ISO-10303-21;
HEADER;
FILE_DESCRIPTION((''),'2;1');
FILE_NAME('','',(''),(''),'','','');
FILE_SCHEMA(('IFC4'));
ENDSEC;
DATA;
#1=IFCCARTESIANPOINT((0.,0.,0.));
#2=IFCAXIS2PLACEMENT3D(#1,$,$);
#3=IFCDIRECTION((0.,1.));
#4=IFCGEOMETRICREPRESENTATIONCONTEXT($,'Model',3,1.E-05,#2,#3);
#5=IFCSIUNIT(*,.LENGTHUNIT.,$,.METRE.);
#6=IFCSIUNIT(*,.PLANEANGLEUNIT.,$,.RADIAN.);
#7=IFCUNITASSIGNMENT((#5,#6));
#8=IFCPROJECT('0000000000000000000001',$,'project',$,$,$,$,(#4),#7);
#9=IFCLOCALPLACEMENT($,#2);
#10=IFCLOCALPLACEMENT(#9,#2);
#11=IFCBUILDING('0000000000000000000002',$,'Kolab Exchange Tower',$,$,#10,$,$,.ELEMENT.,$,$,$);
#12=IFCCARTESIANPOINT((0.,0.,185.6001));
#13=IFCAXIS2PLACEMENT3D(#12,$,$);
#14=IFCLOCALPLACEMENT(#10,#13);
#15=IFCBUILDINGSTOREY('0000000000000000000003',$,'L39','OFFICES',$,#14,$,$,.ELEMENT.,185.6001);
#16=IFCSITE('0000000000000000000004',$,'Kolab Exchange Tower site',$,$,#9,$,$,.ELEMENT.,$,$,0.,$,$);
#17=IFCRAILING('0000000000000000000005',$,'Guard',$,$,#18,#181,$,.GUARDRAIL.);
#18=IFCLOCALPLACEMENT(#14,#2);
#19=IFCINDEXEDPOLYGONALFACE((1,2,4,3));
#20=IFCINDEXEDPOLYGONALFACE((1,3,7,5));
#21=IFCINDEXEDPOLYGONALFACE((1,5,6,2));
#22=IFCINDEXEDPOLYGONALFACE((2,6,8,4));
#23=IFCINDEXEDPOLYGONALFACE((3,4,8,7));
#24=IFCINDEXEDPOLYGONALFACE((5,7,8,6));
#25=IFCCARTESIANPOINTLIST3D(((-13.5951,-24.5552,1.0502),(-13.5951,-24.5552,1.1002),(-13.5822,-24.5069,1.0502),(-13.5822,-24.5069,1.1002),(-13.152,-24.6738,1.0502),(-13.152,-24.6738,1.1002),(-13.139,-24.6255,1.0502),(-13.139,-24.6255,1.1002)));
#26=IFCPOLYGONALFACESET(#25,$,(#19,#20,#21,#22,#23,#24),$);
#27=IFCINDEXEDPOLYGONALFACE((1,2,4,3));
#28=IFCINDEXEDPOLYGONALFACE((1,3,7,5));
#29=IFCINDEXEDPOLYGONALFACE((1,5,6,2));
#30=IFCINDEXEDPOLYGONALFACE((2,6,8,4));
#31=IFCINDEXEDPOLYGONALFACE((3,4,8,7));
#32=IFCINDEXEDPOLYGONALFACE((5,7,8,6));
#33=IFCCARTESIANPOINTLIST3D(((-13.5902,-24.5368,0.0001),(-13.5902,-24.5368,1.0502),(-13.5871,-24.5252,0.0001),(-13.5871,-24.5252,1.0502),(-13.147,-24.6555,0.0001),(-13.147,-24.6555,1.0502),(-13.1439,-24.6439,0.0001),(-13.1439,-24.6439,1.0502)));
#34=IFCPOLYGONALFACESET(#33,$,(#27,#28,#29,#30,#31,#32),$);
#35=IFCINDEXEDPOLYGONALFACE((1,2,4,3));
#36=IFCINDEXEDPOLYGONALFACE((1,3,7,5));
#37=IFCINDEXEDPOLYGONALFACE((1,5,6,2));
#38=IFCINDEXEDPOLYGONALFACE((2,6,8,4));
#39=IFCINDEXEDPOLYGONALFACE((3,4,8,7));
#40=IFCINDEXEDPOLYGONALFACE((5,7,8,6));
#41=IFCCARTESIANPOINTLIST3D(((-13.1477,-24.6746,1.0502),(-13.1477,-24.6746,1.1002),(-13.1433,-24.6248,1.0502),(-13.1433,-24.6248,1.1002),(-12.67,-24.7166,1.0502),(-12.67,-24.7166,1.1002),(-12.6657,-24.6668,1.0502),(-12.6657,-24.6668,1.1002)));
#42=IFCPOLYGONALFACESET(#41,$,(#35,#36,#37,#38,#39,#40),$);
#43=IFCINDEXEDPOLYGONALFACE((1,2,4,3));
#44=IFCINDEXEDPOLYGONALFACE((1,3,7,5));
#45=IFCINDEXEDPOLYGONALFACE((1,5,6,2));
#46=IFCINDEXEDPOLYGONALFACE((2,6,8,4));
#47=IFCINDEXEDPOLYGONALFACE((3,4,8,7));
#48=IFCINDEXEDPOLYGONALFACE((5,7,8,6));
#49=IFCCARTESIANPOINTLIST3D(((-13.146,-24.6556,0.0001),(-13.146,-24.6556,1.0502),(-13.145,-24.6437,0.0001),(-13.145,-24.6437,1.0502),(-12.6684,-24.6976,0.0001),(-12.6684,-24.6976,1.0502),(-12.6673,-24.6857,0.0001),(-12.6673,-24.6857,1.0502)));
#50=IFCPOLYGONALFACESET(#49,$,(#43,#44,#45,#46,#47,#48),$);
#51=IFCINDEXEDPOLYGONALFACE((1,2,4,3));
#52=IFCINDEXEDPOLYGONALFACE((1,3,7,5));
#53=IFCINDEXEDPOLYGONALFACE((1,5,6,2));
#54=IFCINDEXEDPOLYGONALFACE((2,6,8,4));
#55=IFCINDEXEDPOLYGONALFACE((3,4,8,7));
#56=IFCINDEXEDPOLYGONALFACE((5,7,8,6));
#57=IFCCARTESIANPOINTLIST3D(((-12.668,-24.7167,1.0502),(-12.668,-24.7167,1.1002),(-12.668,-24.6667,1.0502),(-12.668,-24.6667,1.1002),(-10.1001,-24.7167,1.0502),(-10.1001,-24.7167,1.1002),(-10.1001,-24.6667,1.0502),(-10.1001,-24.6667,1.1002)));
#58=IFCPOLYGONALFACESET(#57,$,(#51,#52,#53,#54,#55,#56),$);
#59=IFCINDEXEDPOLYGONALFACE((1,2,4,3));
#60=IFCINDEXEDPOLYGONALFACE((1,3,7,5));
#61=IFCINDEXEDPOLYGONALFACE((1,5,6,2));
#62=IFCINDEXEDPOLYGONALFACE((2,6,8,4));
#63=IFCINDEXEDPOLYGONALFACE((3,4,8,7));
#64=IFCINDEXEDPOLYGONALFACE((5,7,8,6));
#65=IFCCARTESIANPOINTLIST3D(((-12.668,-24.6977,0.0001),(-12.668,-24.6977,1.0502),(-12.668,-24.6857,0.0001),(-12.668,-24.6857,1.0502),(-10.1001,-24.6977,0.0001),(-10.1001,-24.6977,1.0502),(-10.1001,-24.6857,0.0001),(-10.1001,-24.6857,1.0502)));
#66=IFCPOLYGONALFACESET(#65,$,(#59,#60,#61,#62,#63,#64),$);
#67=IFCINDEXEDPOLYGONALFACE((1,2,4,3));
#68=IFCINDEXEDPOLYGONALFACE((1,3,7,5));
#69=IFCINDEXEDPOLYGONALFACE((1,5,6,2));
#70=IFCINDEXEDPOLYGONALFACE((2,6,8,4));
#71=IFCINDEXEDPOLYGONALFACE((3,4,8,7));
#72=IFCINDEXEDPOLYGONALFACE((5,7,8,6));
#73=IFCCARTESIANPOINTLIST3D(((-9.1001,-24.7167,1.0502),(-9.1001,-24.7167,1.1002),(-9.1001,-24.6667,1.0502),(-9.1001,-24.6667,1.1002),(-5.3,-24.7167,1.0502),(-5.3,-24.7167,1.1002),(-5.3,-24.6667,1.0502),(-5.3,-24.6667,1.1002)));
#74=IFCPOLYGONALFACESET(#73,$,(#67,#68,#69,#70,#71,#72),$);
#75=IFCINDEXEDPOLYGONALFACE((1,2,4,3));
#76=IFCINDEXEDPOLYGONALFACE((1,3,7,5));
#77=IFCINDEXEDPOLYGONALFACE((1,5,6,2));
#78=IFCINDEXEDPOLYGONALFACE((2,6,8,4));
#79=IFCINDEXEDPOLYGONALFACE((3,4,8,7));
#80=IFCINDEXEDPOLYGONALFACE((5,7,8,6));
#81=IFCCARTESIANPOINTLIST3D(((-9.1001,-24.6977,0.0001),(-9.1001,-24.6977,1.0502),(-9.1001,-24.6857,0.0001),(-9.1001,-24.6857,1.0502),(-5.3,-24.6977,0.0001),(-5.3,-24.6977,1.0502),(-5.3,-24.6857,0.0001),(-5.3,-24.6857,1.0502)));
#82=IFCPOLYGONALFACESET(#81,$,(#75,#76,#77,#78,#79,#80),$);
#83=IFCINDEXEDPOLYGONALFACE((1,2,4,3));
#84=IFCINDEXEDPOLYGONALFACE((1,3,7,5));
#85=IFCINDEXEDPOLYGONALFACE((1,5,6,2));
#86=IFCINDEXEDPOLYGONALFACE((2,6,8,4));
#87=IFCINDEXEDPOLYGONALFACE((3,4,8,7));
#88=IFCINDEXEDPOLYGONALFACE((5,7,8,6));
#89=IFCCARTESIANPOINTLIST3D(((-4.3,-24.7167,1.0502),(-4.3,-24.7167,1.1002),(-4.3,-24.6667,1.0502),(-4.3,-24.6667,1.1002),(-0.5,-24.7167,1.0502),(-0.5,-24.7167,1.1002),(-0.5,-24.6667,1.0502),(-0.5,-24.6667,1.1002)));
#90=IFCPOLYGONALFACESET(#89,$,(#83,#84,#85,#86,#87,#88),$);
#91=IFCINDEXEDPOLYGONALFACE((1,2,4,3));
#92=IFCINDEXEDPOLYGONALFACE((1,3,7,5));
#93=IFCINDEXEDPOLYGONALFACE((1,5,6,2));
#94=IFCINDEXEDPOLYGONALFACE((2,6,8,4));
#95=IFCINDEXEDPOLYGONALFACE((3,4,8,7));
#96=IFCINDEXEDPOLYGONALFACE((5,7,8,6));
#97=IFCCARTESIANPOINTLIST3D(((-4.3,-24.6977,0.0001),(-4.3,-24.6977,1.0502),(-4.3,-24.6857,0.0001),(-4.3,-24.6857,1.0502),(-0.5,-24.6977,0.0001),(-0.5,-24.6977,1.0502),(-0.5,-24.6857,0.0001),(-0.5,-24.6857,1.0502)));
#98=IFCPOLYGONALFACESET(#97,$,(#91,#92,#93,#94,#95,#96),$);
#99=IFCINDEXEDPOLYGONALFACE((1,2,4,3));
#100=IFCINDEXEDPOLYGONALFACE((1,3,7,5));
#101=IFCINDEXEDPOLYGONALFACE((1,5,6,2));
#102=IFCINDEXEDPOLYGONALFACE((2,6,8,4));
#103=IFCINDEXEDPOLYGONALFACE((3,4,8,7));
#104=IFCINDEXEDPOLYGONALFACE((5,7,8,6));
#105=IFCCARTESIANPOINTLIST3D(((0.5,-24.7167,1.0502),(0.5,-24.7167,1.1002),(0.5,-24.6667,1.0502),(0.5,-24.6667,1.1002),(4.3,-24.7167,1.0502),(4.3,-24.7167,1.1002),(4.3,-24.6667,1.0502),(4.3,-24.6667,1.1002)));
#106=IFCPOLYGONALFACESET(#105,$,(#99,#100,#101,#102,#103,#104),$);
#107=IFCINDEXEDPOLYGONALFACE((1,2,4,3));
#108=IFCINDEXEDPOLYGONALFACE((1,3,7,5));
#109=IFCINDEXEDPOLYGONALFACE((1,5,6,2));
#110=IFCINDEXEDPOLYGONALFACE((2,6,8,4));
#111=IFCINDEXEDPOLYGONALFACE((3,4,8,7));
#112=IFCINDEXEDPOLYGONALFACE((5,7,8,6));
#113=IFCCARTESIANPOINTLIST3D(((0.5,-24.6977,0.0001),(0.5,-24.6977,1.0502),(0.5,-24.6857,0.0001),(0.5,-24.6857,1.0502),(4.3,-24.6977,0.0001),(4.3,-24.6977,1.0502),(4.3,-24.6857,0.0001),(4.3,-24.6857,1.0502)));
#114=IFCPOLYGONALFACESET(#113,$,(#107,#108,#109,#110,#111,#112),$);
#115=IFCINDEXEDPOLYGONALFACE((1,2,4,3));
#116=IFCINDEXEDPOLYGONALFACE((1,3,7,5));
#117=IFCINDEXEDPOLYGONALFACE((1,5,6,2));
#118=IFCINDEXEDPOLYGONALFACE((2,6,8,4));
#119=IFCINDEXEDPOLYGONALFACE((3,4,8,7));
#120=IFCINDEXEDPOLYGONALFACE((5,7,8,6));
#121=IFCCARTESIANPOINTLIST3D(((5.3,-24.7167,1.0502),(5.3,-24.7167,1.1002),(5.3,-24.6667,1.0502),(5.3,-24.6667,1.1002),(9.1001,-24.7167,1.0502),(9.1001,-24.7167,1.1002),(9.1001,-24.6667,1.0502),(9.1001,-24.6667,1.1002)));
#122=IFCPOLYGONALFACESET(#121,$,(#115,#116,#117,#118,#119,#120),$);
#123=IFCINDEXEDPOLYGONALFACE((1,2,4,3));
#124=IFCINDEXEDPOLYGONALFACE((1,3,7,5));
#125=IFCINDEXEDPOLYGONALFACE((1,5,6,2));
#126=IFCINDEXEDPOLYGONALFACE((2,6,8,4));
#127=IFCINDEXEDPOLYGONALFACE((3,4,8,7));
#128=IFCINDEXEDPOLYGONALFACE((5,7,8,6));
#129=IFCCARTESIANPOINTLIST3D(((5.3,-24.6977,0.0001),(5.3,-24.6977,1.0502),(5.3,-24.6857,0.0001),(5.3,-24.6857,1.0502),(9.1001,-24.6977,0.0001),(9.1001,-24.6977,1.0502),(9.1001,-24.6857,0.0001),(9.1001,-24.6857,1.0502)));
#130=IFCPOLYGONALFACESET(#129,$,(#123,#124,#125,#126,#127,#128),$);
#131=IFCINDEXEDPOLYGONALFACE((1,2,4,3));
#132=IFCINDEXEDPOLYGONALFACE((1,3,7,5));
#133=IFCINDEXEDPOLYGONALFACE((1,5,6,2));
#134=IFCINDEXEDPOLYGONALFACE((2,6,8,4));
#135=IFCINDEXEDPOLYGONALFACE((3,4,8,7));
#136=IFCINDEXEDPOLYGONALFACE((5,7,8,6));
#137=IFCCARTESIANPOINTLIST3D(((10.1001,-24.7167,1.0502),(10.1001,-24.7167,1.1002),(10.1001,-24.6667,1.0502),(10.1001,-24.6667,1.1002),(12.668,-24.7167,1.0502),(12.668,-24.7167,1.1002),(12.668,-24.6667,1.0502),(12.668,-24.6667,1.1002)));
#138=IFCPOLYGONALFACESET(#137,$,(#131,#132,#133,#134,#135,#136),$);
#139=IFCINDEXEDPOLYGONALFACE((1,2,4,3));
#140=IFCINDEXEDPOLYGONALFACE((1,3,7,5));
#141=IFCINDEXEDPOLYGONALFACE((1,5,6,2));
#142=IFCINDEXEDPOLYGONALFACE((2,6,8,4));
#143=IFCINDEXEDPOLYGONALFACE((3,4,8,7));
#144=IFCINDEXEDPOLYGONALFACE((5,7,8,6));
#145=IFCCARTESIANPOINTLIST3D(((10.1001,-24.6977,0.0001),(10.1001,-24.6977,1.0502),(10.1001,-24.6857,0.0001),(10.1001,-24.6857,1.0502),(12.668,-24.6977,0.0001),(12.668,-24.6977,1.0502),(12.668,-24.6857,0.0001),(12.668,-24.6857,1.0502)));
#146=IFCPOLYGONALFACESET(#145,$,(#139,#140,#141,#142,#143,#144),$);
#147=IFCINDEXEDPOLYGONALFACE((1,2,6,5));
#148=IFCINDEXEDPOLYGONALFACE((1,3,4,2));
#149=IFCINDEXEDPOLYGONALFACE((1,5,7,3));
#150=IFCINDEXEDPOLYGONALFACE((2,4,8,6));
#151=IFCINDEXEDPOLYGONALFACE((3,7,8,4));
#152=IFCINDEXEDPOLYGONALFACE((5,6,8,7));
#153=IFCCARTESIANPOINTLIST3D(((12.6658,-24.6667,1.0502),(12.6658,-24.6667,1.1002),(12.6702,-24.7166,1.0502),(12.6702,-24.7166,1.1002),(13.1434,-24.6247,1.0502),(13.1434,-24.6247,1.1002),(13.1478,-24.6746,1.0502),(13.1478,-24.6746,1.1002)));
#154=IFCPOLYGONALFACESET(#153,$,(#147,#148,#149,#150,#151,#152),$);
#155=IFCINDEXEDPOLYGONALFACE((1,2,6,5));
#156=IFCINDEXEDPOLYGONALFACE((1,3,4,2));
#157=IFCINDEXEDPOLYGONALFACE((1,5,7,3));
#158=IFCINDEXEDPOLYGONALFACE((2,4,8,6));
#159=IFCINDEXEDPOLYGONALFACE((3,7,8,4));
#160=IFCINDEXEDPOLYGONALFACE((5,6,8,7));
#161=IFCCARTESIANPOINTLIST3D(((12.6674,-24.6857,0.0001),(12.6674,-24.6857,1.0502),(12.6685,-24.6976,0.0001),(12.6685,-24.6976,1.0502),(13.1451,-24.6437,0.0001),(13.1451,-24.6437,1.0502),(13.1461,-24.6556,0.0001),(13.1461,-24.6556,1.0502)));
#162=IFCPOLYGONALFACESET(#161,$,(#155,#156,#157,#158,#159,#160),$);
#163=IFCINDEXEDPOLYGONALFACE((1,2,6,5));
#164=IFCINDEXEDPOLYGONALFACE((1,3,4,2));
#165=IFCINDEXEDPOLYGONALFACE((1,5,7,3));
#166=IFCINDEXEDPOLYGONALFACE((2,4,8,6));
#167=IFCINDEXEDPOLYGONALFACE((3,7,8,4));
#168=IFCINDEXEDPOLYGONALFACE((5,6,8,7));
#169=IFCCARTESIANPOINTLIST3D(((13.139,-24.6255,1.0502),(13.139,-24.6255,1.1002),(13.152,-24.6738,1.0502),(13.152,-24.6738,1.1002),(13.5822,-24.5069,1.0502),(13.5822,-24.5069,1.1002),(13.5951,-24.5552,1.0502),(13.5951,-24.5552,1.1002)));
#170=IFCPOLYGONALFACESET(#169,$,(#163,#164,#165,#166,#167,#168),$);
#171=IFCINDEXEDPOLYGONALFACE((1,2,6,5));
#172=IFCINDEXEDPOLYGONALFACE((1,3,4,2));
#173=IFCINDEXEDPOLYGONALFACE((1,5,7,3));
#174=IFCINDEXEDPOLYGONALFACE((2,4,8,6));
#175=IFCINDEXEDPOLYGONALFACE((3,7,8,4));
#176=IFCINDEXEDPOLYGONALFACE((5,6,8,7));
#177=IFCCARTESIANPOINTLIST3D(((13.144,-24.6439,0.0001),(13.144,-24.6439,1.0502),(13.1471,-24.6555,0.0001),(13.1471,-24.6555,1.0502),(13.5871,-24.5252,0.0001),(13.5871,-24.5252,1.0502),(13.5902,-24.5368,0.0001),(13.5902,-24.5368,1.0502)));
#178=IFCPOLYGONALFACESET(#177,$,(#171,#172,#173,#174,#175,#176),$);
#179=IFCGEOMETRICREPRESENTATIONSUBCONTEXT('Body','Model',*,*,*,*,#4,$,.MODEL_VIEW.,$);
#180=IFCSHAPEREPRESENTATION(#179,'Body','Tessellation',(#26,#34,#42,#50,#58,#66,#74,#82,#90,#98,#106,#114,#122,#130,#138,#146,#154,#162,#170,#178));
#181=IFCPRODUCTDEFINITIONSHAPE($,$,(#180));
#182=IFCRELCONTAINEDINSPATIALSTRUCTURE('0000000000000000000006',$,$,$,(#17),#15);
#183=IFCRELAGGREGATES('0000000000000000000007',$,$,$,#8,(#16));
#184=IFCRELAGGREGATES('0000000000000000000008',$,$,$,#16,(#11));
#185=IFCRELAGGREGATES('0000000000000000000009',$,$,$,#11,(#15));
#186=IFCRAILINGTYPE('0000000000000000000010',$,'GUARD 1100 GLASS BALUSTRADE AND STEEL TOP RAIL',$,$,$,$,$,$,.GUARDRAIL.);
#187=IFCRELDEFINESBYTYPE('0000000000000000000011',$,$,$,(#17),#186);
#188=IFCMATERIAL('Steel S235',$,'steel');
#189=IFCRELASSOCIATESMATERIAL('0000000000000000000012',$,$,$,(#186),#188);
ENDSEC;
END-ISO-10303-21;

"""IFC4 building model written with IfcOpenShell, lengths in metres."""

from ifc_helpers import new_model, si_unit, direction, frame, frame_2d, origin, origin_2d, place, context, subcontext, project, spatial, rectangle, extrude, material, type_object, element, save


model = new_model("IFC4")

# Units and contexts
model_context = context("Model", 3, precision=1e-05, world=origin(), true_north=direction((0.0, 1.0)))
body_context = subcontext(model_context, "Body", "Model", "MODEL_VIEW")
ifc_project = project(units=[si_unit("LENGTHUNIT", "METRE"), si_unit("PLANEANGLEUNIT", "RADIAN")], contexts=[model_context])

# Site, building, storey
site_placement = place(None, origin())
site = spatial("IfcSite", under=ifc_project, at=site_placement, Name="Kolab Exchange Tower site", CompositionType="ELEMENT", RefElevation=0.0)
building_placement = place(site_placement, origin())
building = spatial("IfcBuilding", under=site, at=building_placement, Name="Kolab Exchange Tower", CompositionType="ELEMENT")
storey_placement = place(building_placement, frame((0.0, 0.0, 185.6001)))
storey = spatial("IfcBuildingStorey", under=building, at=storey_placement, Name="L39", Description="OFFICES", CompositionType="ELEMENT", Elevation=185.6001)

# Railing
ifc_material_1 = material(Name="Steel S235", Category="steel")
railing_type = type_object("IfcRailingType", Name="GUARD 1100 GLASS BALUSTRADE AND STEEL TOP RAIL", PredefinedType="GUARDRAIL", material=ifc_material_1)
railing_placement = place(storey_placement, frame((-13.5886, -24.531, 0.0)))
element("IfcRailing", 1, at=railing_placement, inside=storey, type_object=railing_type, Name="Guard", PredefinedType="GUARDRAIL", context=body_context, shape_type="SweptSolid", body=[
    extrude(rectangle(XDim=0.05, YDim=0.05, at=origin_2d()), frame((0.0, 0.0, 1.0752), z_axis=(0.965969, -0.258656, 0.0), x_axis=(0.258656, 0.965969, 0.0)), (0.0, 0.0, 1.0), 0.4587),
    extrude(rectangle(XDim=0.012, YDim=1.0501, at=frame_2d((0.0, 0.5251))), frame((0.0, 0.0, 0.0), z_axis=(0.965969, -0.258656, 0.0), x_axis=(0.258656, 0.965969, 0.0)), (0.0, 0.0, 1.0), 0.4587),
    extrude(rectangle(XDim=0.05, YDim=0.05, at=origin_2d()), frame((0.4431, -0.1187, 1.0752), z_axis=(0.996156, -0.087597, 0.0), x_axis=(0.087597, 0.996156, 0.0)), (0.0, 0.0, 1.0), 0.4795),
    extrude(rectangle(XDim=0.012, YDim=1.0501, at=frame_2d((0.0, 0.5251))), frame((0.4431, -0.1187, 0.0), z_axis=(0.996156, -0.087597, 0.0), x_axis=(0.087597, 0.996156, 0.0)), (0.0, 0.0, 1.0), 0.4795),
    extrude(rectangle(XDim=0.05, YDim=0.05, at=origin_2d()), frame((0.9207, -0.1606, 1.0752), z_axis=(1.0, 0.0, 0.0), x_axis=(0.0, 1.0, 0.0)), (0.0, 0.0, 1.0), 2.5679),
    extrude(rectangle(XDim=0.012, YDim=1.0501, at=frame_2d((0.0, 0.5251))), frame((0.9207, -0.1606, 0.0), z_axis=(1.0, 0.0, 0.0), x_axis=(0.0, 1.0, 0.0)), (0.0, 0.0, 1.0), 2.5679),
    extrude(rectangle(XDim=0.05, YDim=0.05, at=origin_2d()), frame((4.4885, -0.1606, 1.0752), z_axis=(1.0, 0.0, 0.0), x_axis=(0.0, 1.0, 0.0)), (0.0, 0.0, 1.0), 3.8),
    extrude(rectangle(XDim=0.012, YDim=1.0501, at=frame_2d((0.0, 0.5251))), frame((4.4885, -0.1606, 0.0), z_axis=(1.0, 0.0, 0.0), x_axis=(0.0, 1.0, 0.0)), (0.0, 0.0, 1.0), 3.8),
    extrude(rectangle(XDim=0.05, YDim=0.05, at=origin_2d()), frame((9.2886, -0.1606, 1.0752), z_axis=(1.0, 0.0, 0.0), x_axis=(0.0, 1.0, 0.0)), (0.0, 0.0, 1.0), 3.8),
    extrude(rectangle(XDim=0.012, YDim=1.0501, at=frame_2d((0.0, 0.5251))), frame((9.2886, -0.1606, 0.0), z_axis=(1.0, 0.0, 0.0), x_axis=(0.0, 1.0, 0.0)), (0.0, 0.0, 1.0), 3.8),
    extrude(rectangle(XDim=0.05, YDim=0.05, at=origin_2d()), frame((14.0886, -0.1606, 1.0752), z_axis=(1.0, 0.0, 0.0), x_axis=(0.0, 1.0, 0.0)), (0.0, 0.0, 1.0), 3.8),
    extrude(rectangle(XDim=0.012, YDim=1.0501, at=frame_2d((0.0, 0.5251))), frame((14.0886, -0.1606, 0.0), z_axis=(1.0, 0.0, 0.0), x_axis=(0.0, 1.0, 0.0)), (0.0, 0.0, 1.0), 3.8),
    extrude(rectangle(XDim=0.05, YDim=0.05, at=origin_2d()), frame((18.8887, -0.1606, 1.0752), z_axis=(1.0, 0.0, 0.0), x_axis=(0.0, 1.0, 0.0)), (0.0, 0.0, 1.0), 3.8),
    extrude(rectangle(XDim=0.012, YDim=1.0501, at=frame_2d((0.0, 0.5251))), frame((18.8887, -0.1606, 0.0), z_axis=(1.0, 0.0, 0.0), x_axis=(0.0, 1.0, 0.0)), (0.0, 0.0, 1.0), 3.8),
    extrude(rectangle(XDim=0.05, YDim=0.05, at=origin_2d()), frame((23.6887, -0.1606, 1.0752), z_axis=(1.0, 0.0, 0.0), x_axis=(0.0, 1.0, 0.0)), (0.0, 0.0, 1.0), 2.5679),
    extrude(rectangle(XDim=0.012, YDim=1.0501, at=frame_2d((0.0, 0.5251))), frame((23.6887, -0.1606, 0.0), z_axis=(1.0, 0.0, 0.0), x_axis=(0.0, 1.0, 0.0)), (0.0, 0.0, 1.0), 2.5679),
    extrude(rectangle(XDim=0.05, YDim=0.05, at=origin_2d()), frame((26.2566, -0.1606, 1.0752), z_axis=(0.996156, 0.087597, 0.0), x_axis=(-0.087597, 0.996156, 0.0)), (0.0, 0.0, 1.0), 0.4795),
    extrude(rectangle(XDim=0.012, YDim=1.0501, at=frame_2d((0.0, 0.5251))), frame((26.2566, -0.1606, 0.0), z_axis=(0.996156, 0.087597, 0.0), x_axis=(-0.087597, 0.996156, 0.0)), (0.0, 0.0, 1.0), 0.4795),
    extrude(rectangle(XDim=0.05, YDim=0.05, at=origin_2d()), frame((26.7341, -0.1187, 1.0752), z_axis=(0.965969, 0.258656, 0.0), x_axis=(-0.258656, 0.965969, 0.0)), (0.0, 0.0, 1.0), 0.4587),
    extrude(rectangle(XDim=0.012, YDim=1.0501, at=frame_2d((0.0, 0.5251))), frame((26.7341, -0.1187, 0.0), z_axis=(0.965969, 0.258656, 0.0), x_axis=(-0.258656, 0.965969, 0.0)), (0.0, 0.0, 1.0), 0.4587),
])

save(model, "model.ifc")
